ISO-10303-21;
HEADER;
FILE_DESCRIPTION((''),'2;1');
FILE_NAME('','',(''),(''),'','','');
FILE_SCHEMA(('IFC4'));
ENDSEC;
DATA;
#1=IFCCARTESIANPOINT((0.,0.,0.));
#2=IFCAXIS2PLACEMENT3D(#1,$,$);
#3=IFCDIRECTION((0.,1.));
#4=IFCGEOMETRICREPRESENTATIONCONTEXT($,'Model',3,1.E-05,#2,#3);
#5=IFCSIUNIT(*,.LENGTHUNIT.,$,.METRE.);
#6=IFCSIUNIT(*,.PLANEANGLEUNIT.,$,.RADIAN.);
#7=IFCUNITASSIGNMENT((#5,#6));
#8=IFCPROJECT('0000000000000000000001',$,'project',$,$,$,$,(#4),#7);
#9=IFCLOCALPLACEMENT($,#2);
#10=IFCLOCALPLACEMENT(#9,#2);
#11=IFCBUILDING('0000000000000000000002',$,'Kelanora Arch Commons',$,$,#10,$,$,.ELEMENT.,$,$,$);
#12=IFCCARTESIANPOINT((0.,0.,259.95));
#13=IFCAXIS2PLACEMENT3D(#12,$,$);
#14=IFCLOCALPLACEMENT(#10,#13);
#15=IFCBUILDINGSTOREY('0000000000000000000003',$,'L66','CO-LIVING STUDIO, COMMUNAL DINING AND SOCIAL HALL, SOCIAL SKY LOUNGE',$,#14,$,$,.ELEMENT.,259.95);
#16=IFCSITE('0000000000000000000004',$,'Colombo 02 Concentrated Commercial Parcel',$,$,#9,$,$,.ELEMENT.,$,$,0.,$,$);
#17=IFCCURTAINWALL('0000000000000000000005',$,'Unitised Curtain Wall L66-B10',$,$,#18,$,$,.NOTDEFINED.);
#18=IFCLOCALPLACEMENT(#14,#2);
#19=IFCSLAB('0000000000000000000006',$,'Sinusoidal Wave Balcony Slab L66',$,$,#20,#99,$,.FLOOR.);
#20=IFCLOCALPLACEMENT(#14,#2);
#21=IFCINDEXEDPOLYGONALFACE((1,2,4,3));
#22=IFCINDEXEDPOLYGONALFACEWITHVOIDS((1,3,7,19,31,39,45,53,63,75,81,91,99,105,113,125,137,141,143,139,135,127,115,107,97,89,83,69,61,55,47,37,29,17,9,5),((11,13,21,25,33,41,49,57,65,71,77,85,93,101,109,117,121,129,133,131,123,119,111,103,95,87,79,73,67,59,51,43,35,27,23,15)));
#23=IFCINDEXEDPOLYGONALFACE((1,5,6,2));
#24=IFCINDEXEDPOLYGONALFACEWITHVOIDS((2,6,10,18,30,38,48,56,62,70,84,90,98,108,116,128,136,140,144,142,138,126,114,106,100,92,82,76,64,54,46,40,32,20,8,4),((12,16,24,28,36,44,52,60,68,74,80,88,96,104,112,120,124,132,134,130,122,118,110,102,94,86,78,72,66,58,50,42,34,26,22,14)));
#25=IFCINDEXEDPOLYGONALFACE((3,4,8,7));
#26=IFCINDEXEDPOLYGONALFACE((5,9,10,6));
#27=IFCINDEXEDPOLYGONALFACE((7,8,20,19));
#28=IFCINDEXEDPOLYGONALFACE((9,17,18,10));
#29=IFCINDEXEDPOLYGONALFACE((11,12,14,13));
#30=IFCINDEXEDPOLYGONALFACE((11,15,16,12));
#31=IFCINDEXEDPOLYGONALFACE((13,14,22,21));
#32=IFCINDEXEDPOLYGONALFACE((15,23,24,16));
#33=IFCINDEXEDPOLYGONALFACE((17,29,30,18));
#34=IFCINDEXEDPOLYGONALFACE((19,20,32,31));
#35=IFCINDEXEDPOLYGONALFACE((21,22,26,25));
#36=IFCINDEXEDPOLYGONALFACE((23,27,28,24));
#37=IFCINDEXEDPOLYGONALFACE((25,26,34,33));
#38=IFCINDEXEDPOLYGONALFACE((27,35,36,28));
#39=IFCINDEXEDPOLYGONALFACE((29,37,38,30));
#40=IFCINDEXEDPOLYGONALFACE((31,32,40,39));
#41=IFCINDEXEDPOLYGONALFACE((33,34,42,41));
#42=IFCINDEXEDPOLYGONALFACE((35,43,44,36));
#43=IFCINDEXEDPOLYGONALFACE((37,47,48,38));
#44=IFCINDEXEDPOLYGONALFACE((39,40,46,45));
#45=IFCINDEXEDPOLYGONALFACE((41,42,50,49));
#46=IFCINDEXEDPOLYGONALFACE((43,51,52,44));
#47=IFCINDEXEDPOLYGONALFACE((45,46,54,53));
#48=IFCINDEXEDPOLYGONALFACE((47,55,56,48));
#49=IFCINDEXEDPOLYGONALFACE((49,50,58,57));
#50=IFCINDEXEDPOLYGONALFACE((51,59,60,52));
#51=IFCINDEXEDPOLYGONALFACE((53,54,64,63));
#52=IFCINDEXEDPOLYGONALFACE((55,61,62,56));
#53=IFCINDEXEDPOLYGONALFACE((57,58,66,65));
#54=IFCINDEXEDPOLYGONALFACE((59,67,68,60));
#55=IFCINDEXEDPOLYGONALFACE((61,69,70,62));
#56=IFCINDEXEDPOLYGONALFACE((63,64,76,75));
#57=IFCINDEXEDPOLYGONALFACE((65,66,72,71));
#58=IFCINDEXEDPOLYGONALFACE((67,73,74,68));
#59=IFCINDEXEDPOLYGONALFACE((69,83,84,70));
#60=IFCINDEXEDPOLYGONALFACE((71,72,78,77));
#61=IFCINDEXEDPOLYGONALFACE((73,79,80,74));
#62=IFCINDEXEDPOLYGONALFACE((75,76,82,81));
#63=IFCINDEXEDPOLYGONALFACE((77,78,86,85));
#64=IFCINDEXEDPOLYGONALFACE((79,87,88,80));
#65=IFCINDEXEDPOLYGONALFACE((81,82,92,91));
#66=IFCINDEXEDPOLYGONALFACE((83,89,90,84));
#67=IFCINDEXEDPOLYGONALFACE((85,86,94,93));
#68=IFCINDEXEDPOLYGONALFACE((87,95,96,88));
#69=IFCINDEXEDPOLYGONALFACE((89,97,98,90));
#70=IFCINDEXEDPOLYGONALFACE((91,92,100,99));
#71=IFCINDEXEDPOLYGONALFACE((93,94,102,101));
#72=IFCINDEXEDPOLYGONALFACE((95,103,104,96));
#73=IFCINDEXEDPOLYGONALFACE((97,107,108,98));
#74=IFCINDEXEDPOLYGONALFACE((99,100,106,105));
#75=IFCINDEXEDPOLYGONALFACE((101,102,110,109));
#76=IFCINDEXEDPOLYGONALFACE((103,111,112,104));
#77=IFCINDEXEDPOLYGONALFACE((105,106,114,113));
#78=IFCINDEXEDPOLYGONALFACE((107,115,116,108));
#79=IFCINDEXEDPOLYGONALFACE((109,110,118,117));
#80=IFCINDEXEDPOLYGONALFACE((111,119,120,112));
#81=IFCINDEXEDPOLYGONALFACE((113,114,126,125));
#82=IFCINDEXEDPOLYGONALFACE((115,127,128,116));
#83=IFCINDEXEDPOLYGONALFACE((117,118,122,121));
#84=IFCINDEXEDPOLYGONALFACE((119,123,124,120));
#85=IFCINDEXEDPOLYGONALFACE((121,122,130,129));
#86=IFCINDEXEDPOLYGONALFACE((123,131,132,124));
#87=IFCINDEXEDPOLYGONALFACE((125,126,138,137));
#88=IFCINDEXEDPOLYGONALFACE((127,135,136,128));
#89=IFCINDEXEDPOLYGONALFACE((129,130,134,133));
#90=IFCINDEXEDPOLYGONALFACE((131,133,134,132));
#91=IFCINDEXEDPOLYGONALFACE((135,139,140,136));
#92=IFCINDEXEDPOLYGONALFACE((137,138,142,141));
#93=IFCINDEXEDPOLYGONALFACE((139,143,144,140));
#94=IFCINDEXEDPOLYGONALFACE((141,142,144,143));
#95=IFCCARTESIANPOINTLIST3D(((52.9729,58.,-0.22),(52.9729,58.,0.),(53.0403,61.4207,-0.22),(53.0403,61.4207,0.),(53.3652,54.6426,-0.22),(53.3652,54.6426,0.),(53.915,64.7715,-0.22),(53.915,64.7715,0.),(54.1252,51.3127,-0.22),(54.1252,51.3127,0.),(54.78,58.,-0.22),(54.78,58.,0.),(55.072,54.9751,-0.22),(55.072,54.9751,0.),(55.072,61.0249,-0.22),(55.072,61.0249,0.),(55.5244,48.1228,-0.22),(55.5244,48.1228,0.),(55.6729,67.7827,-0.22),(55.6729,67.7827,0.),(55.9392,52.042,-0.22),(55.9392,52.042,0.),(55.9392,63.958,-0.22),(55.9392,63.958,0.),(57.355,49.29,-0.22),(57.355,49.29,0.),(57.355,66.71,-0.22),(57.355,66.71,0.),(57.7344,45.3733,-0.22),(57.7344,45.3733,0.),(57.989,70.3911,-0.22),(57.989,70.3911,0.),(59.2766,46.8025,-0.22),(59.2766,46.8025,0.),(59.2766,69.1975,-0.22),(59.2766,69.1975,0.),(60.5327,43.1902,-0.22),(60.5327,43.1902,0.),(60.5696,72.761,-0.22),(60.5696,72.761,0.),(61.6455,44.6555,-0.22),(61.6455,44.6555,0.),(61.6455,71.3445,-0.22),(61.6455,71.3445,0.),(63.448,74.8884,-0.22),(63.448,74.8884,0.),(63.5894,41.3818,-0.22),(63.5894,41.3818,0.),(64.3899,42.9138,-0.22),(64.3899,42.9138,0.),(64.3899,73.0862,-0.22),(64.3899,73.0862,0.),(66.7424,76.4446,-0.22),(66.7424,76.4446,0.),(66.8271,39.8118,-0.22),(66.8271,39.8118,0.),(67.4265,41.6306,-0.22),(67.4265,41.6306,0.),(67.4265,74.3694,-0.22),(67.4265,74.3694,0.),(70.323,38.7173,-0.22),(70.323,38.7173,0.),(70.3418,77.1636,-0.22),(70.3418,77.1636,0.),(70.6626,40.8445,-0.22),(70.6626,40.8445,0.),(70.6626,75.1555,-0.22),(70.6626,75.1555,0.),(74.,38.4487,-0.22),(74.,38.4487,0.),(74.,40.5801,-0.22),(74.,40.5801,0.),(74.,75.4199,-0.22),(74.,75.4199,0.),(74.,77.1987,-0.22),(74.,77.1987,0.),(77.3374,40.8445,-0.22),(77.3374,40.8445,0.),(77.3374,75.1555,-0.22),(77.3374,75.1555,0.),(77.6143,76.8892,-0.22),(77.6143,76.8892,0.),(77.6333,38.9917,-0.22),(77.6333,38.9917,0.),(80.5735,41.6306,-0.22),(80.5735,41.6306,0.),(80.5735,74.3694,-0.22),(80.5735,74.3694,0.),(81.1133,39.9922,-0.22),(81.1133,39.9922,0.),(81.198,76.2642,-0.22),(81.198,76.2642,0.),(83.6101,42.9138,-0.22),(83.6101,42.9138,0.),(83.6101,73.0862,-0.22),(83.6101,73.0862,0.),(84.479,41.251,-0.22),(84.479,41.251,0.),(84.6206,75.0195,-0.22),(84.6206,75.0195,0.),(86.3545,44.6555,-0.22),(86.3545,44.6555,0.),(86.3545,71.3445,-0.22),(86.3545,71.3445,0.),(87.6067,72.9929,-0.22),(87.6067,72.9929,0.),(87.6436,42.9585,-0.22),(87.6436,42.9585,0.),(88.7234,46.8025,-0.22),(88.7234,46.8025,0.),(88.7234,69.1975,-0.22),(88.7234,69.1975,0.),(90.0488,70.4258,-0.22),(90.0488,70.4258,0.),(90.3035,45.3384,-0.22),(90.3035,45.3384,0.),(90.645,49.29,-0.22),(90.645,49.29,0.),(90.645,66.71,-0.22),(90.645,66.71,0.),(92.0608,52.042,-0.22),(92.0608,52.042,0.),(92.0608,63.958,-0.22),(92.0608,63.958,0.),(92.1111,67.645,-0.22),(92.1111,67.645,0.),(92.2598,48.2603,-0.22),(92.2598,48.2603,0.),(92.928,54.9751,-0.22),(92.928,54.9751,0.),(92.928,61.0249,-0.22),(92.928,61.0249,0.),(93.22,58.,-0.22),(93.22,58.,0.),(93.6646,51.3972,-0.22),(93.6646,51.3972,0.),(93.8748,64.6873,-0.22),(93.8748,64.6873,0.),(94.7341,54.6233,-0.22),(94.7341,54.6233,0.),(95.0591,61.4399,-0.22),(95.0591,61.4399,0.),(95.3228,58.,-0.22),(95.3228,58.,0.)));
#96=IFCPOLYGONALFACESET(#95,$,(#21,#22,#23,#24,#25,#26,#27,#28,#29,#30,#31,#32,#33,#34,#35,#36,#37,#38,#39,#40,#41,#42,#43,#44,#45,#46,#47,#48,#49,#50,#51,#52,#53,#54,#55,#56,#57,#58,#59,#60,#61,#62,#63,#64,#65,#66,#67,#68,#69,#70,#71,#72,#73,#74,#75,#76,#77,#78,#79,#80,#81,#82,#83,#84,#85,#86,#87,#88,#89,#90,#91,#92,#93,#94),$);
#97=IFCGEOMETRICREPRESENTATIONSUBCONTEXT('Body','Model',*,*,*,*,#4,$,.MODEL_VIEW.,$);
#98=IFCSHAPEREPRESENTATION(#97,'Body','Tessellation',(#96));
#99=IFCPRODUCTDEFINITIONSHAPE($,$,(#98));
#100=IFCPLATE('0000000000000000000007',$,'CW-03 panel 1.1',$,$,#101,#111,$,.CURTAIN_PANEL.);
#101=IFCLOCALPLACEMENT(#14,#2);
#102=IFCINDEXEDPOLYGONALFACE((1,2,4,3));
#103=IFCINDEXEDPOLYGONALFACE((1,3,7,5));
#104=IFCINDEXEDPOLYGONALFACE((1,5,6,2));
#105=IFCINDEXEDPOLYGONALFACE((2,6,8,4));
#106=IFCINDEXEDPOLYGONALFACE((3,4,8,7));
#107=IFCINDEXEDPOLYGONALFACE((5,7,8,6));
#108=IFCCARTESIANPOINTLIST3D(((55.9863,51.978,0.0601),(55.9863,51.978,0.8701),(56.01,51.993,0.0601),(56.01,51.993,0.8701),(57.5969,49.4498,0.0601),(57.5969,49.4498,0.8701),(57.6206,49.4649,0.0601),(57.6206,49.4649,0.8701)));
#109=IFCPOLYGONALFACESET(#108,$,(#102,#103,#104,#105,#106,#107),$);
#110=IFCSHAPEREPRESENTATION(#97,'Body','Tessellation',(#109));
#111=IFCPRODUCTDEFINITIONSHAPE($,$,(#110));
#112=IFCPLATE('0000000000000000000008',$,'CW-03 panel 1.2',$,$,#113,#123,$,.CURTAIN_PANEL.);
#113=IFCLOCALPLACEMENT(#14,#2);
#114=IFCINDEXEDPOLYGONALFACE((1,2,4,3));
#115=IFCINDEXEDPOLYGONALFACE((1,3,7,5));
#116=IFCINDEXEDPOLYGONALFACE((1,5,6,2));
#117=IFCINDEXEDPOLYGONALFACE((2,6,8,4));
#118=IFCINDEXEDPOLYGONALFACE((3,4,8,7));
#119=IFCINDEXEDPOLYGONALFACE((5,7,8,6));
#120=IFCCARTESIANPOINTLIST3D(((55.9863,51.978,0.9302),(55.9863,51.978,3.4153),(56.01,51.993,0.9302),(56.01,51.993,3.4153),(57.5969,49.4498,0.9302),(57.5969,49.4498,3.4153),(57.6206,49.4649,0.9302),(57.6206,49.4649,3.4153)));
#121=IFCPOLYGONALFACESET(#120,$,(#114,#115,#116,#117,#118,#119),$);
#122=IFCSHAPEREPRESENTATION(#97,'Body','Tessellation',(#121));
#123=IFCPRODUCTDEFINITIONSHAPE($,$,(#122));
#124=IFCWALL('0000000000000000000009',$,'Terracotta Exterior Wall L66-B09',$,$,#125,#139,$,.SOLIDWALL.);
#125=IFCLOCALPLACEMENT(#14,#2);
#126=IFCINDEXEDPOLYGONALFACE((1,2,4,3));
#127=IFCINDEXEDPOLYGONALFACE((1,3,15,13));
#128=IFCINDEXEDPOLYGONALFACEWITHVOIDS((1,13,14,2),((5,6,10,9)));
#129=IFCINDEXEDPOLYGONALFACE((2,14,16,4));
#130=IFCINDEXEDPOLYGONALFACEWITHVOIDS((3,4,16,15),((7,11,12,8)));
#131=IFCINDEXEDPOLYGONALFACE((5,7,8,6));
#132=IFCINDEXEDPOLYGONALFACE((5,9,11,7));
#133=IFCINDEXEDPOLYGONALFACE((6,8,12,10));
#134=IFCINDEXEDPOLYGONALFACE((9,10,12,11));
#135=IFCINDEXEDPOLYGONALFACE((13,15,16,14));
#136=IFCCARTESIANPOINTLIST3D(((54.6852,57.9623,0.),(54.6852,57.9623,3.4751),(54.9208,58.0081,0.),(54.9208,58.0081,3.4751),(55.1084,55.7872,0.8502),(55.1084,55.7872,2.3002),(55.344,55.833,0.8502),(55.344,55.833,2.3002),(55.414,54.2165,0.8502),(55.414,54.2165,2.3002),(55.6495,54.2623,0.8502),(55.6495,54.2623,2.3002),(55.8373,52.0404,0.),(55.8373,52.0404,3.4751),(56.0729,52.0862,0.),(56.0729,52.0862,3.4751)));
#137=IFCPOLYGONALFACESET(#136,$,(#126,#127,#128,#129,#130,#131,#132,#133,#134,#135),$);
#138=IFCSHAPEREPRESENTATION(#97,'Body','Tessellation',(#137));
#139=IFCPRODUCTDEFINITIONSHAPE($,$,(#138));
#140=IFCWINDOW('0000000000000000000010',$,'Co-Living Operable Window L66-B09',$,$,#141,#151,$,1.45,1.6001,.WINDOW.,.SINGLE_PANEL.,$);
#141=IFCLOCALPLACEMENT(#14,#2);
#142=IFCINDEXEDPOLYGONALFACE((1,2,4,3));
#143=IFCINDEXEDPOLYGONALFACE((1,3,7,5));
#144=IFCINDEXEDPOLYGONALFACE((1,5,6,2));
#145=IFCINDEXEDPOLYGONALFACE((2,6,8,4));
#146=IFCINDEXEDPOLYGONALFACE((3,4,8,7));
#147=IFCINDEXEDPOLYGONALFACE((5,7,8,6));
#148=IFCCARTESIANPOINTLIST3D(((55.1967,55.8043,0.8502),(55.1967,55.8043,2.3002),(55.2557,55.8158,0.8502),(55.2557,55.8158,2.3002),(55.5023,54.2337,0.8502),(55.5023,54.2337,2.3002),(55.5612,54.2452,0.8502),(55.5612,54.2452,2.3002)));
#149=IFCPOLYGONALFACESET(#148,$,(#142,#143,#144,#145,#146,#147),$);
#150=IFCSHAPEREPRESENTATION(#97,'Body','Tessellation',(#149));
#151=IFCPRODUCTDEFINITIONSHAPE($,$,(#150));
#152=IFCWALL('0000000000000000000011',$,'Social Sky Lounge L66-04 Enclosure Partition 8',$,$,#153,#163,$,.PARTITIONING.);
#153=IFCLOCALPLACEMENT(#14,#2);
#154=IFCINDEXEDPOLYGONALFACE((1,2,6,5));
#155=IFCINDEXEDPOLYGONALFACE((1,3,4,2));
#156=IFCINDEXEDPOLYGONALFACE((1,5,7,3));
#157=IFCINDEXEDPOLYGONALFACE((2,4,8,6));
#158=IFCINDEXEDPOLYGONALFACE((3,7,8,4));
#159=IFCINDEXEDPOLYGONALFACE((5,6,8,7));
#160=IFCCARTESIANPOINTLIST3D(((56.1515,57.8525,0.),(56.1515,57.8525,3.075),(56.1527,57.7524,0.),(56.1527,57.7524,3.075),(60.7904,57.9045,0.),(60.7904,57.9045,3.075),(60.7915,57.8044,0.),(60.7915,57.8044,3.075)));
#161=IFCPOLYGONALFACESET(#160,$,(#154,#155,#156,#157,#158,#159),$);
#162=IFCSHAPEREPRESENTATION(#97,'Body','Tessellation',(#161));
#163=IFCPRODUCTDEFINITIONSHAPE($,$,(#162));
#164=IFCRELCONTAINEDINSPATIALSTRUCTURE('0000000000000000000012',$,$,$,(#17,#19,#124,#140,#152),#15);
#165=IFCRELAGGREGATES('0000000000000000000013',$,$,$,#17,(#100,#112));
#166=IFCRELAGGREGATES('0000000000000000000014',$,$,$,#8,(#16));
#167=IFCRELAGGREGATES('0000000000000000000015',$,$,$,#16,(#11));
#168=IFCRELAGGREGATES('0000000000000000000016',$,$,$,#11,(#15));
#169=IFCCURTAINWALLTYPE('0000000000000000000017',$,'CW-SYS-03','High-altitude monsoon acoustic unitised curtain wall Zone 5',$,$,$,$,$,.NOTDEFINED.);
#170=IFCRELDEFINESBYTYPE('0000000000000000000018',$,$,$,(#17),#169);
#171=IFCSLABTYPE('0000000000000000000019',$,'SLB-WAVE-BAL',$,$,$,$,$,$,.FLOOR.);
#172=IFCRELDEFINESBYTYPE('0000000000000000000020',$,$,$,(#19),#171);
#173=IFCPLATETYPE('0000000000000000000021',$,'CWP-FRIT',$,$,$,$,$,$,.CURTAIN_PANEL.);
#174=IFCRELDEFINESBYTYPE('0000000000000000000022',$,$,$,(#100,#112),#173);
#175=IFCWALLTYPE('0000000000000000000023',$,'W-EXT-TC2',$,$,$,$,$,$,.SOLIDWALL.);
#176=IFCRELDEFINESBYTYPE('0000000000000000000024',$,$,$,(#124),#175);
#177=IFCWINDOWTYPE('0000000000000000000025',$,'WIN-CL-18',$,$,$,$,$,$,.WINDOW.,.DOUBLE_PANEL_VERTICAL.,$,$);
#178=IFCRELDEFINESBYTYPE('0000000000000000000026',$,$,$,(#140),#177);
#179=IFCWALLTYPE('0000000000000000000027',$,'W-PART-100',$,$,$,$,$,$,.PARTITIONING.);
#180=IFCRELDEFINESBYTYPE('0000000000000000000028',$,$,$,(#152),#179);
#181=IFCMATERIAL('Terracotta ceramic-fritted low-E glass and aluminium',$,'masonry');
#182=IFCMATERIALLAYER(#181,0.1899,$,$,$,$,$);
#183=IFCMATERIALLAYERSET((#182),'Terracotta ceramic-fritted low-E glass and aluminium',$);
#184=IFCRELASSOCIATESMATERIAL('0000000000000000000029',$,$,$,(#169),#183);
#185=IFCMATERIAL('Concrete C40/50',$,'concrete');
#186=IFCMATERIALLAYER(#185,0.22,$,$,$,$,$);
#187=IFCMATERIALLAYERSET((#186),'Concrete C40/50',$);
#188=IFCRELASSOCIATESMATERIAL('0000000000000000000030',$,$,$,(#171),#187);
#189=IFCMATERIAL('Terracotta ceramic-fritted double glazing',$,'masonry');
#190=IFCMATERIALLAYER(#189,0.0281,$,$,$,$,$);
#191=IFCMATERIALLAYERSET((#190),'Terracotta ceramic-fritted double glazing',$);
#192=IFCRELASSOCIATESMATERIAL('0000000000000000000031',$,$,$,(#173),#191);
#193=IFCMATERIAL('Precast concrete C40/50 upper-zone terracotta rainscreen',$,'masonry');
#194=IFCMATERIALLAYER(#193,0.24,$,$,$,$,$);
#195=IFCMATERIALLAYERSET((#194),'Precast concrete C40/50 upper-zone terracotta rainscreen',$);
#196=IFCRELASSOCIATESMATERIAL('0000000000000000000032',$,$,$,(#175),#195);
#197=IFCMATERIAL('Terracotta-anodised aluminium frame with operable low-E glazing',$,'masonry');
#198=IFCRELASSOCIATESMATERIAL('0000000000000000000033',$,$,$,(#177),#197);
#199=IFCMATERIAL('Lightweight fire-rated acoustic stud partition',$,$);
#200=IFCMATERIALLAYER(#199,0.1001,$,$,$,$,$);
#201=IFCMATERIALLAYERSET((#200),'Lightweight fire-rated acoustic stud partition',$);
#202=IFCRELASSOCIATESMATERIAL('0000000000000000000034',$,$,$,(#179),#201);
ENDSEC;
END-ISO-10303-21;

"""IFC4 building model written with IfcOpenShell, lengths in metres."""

from ifc_helpers import new_model, si_unit, direction, frame, frame_2d, origin, origin_2d, place, context, subcontext, project, spatial, polyline, rectangle, outline, extrude, source, transform, mapped, material, layer, layer_set, type_object, element, fill, aggregate, save


model = new_model("IFC4")

# Units and contexts
model_context = context("Model", 3, precision=1e-05, world=origin(), true_north=direction((0.0, 1.0)))
body_context = subcontext(model_context, "Body", "Model", "MODEL_VIEW")
ifc_project = project(units=[si_unit("LENGTHUNIT", "METRE"), si_unit("PLANEANGLEUNIT", "RADIAN")], contexts=[model_context])

# Site, building, storey
site_placement = place(None, origin())
site = spatial("IfcSite", under=ifc_project, at=site_placement, Name="Colombo 02 Concentrated Commercial Parcel", CompositionType="ELEMENT", RefElevation=0.0)
building_placement = place(site_placement, origin())
building = spatial("IfcBuilding", under=site, at=building_placement, Name="Kelanora Arch Commons", CompositionType="ELEMENT")
storey_placement = place(building_placement, frame((0.0, 0.0, 259.95)))
storey = spatial("IfcBuildingStorey", under=building, at=storey_placement, Name="L66", Description="CO-LIVING STUDIO, COMMUNAL DINING AND SOCIAL HALL, SOCIAL SKY LOUNGE", CompositionType="ELEMENT", Elevation=259.95)

# Curtain wall
ifc_material_1 = material(Name="Terracotta ceramic-fritted low-E glass and aluminium", Category="masonry")
ifc_layer_1 = layer(ifc_material_1, 0.1899)
ifc_layer_set_1 = layer_set([ifc_layer_1], Name="Terracotta ceramic-fritted low-E glass and aluminium")
curtain_wall_type = type_object("IfcCurtainWallType", Name="CW-SYS-03", Description="High-altitude monsoon acoustic unitised curtain wall Zone 5", PredefinedType="NOTDEFINED", material=ifc_layer_set_1)
curtain_wall_placement = place(storey_placement, origin())
curtain_wall = element("IfcCurtainWall", 1, at=curtain_wall_placement, inside=storey, type_object=curtain_wall_type, Name="Unitised Curtain Wall L66-B10", PredefinedType="NOTDEFINED")

# Shared definitions
ifc_material_2 = material(Name="Concrete C40/50", Category="concrete")

# Slab
ifc_layer_2 = layer(ifc_material_2, 0.22)
ifc_layer_set_2 = layer_set([ifc_layer_2], Name="Concrete C40/50")
slab_type_1 = type_object("IfcSlabType", Name="SLB-WAVE-BAL", PredefinedType="FLOOR", material=ifc_layer_set_2)
slab_1_placement = place(storey_placement, frame((0.0, 0.0, -0.22)))
element("IfcSlab", 2, at=slab_1_placement, inside=storey, type_object=slab_type_1, Name="Sinusoidal Wave Balcony Slab L66", PredefinedType="FLOOR", context=body_context, shape_type="SweptSolid", body=[
    extrude(outline(polyline([(95.3228, 58.0), (95.0591, 61.4399), (93.8748, 64.6873), (92.1111, 67.645), (90.0488, 70.4258), (87.6067, 72.9929), (84.6206, 75.0195), (81.198, 76.2642), (77.6143, 76.8892), (74.0, 77.1987), (70.3418, 77.1636), (66.7424, 76.4446), (63.448, 74.8884), (60.5696, 72.761), (57.989, 70.3911), (55.6729, 67.7827), (53.915, 64.7715), (53.0403, 61.4207), (52.9729, 58.0), (53.3652, 54.6426), (54.1252, 51.3127), (55.5244, 48.1228), (57.7344, 45.3733), (60.5327, 43.1902), (63.5894, 41.3818), (66.8271, 39.8118), (70.323, 38.7173), (74.0, 38.4487), (77.6333, 38.9917), (81.1133, 39.9922), (84.479, 41.251), (87.6436, 42.9585), (90.3035, 45.3384), (92.2598, 48.2603), (93.6646, 51.3972), (94.7341, 54.6233), (95.3228, 58.0)]), holes=[polyline([(92.928, 54.9751), (92.0608, 52.042), (90.645, 49.29), (88.7234, 46.8025), (86.3545, 44.6555), (83.6101, 42.9138), (80.5735, 41.6306), (77.3374, 40.8445), (74.0, 40.5801), (70.6626, 40.8445), (67.4265, 41.6306), (64.3899, 42.9138), (61.6455, 44.6555), (59.2766, 46.8025), (57.355, 49.29), (55.9392, 52.042), (55.072, 54.9751), (54.78, 58.0), (55.072, 61.0249), (55.9392, 63.958), (57.355, 66.71), (59.2766, 69.1975), (61.6455, 71.3445), (64.3899, 73.0862), (67.4265, 74.3694), (70.6626, 75.1555), (74.0, 75.4199), (77.3374, 75.1555), (80.5735, 74.3694), (83.6101, 73.0862), (86.3545, 71.3445), (88.7234, 69.1975), (90.645, 66.71), (92.0608, 63.958), (92.928, 61.0249), (93.22, 58.0), (92.928, 54.9751)])]), origin(), (0.0, 0.0, 1.0), 0.22),
])

# Plates
ifc_material_3 = material(Name="Terracotta ceramic-fritted double glazing", Category="masonry")
ifc_layer_3 = layer(ifc_material_3, 0.0281)
ifc_layer_set_3 = layer_set([ifc_layer_3], Name="Terracotta ceramic-fritted double glazing")
plate_type = type_object("IfcPlateType", Name="CWP-FRIT", PredefinedType="CURTAIN_PANEL", material=ifc_layer_set_3)
shared_shape_1 = source(origin(), body_context, "Body", "SweptSolid", [
    extrude(rectangle(XDim=2.9976, YDim=0.0281, at=origin_2d()), origin(), (0.0, 0.0, 1.0), 0.8101),
])
plate_1_placement = place(storey_placement, frame((56.8035, 50.7214, 0.0601), z_axis=(0.0, 0.0, 1.0), x_axis=(0.5373, -0.843391, 0.0)))
plate_1 = element("IfcPlate", 3, at=plate_1_placement, type_object=plate_type, Name="CW-03 panel 1.1", PredefinedType="CURTAIN_PANEL", context=body_context, shape_type="MappedRepresentation", body=[
    mapped(shared_shape_1, transform((0.0, 0.0, 0.0), scale=1.0)),
])
shared_shape_2 = source(origin(), body_context, "Body", "SweptSolid", [
    extrude(rectangle(XDim=2.9976, YDim=0.0281, at=origin_2d()), origin(), (0.0, 0.0, 1.0), 2.4851),
])
plate_2_placement = place(storey_placement, frame((56.8035, 50.7214, 0.9302), z_axis=(0.0, 0.0, 1.0), x_axis=(0.5373, -0.843391, 0.0)))
plate_2 = element("IfcPlate", 4, at=plate_2_placement, type_object=plate_type, Name="CW-03 panel 1.2", PredefinedType="CURTAIN_PANEL", context=body_context, shape_type="MappedRepresentation", body=[
    mapped(shared_shape_2, transform((0.0, 0.0, 0.0), scale=1.0)),
])
aggregate(curtain_wall, [plate_1, plate_2])

# Wall, opening, window
ifc_material_4 = material(Name="Precast concrete C40/50 upper-zone terracotta rainscreen", Category="masonry")
ifc_layer_4 = layer(ifc_material_4, 0.24)
ifc_layer_set_4 = layer_set([ifc_layer_4], Name="Precast concrete C40/50 upper-zone terracotta rainscreen")
wall_type_1 = type_object("IfcWallType", Name="W-EXT-TC2", PredefinedType="SOLIDWALL", material=ifc_layer_set_4)
wall_1_placement = place(storey_placement, frame((54.803, 57.9854, 0.0), z_axis=(0.0, 0.0, 1.0), x_axis=(0.190969, -0.981596, 0.0)))
wall_1 = element("IfcWall", 5, at=wall_1_placement, inside=storey, type_object=wall_type_1, Name="Terracotta Exterior Wall L66-B09", PredefinedType="SOLIDWALL", context=body_context, shape_type="SweptSolid", body=[
    extrude(rectangle(XDim=6.033, YDim=0.24, at=frame_2d((3.0166, 0.0))), origin(), (0.0, 0.0, 1.0), 3.4751),
])
opening_placement = place(wall_1_placement, frame((2.2161, 0.0, 0.8501)))
opening = element("IfcOpeningElement", 6, at=opening_placement, cuts=wall_1, PredefinedType="OPENING", context=body_context, shape_type="SweptSolid", body=[
    extrude(rectangle(XDim=1.6001, YDim=1.45, at=frame_2d((0.8, 0.7251))), frame((0.0, 0.1299, 0.0), z_axis=(0.0, -1.0, 0.0), x_axis=(1.0, 0.0, 0.0)), (0.0, 0.0, 1.0), 0.26),
])
ifc_material_5 = material(Name="Terracotta-anodised aluminium frame with operable low-E glazing", Category="masonry")
window_type = type_object("IfcWindowType", Name="WIN-CL-18", PartitioningType="DOUBLE_PANEL_VERTICAL", PredefinedType="WINDOW", material=ifc_material_5)
window_placement = place(opening_placement, origin())
window = element("IfcWindow", 7, at=window_placement, inside=storey, type_object=window_type, Name="Co-Living Operable Window L66-B09", OverallHeight=1.45, OverallWidth=1.6001, PartitioningType="SINGLE_PANEL", PredefinedType="WINDOW", context=body_context, shape_type="SweptSolid", body=[
    extrude(rectangle(XDim=1.6001, YDim=1.45, at=frame_2d((0.8, 0.7251))), frame((0.0, 0.03, 0.0), z_axis=(0.0, -1.0, 0.0), x_axis=(1.0, 0.0, 0.0)), (0.0, 0.0, 1.0), 0.0601),
])
fill(opening, window)

# Wall
ifc_material_6 = material(Name="Lightweight fire-rated acoustic stud partition")
ifc_layer_5 = layer(ifc_material_6, 0.1001)
ifc_layer_set_5 = layer_set([ifc_layer_5], Name="Lightweight fire-rated acoustic stud partition")
wall_type_2 = type_object("IfcWallType", Name="W-PART-100", PredefinedType="PARTITIONING", material=ifc_layer_set_5)
wall_2_placement = place(storey_placement, frame((56.1521, 57.8025, 0.0), z_axis=(0.0, 0.0, 1.0), x_axis=(0.999937, 0.011209, 0.0)))
element("IfcWall", 8, at=wall_2_placement, inside=storey, type_object=wall_type_2, Name="Social Sky Lounge L66-04 Enclosure Partition 8", PredefinedType="PARTITIONING", context=body_context, shape_type="SweptSolid", body=[
    extrude(rectangle(XDim=4.6392, YDim=0.1001, at=frame_2d((2.3196, 0.0))), origin(), (0.0, 0.0, 1.0), 3.075),
])

save(model, "model.ifc")
